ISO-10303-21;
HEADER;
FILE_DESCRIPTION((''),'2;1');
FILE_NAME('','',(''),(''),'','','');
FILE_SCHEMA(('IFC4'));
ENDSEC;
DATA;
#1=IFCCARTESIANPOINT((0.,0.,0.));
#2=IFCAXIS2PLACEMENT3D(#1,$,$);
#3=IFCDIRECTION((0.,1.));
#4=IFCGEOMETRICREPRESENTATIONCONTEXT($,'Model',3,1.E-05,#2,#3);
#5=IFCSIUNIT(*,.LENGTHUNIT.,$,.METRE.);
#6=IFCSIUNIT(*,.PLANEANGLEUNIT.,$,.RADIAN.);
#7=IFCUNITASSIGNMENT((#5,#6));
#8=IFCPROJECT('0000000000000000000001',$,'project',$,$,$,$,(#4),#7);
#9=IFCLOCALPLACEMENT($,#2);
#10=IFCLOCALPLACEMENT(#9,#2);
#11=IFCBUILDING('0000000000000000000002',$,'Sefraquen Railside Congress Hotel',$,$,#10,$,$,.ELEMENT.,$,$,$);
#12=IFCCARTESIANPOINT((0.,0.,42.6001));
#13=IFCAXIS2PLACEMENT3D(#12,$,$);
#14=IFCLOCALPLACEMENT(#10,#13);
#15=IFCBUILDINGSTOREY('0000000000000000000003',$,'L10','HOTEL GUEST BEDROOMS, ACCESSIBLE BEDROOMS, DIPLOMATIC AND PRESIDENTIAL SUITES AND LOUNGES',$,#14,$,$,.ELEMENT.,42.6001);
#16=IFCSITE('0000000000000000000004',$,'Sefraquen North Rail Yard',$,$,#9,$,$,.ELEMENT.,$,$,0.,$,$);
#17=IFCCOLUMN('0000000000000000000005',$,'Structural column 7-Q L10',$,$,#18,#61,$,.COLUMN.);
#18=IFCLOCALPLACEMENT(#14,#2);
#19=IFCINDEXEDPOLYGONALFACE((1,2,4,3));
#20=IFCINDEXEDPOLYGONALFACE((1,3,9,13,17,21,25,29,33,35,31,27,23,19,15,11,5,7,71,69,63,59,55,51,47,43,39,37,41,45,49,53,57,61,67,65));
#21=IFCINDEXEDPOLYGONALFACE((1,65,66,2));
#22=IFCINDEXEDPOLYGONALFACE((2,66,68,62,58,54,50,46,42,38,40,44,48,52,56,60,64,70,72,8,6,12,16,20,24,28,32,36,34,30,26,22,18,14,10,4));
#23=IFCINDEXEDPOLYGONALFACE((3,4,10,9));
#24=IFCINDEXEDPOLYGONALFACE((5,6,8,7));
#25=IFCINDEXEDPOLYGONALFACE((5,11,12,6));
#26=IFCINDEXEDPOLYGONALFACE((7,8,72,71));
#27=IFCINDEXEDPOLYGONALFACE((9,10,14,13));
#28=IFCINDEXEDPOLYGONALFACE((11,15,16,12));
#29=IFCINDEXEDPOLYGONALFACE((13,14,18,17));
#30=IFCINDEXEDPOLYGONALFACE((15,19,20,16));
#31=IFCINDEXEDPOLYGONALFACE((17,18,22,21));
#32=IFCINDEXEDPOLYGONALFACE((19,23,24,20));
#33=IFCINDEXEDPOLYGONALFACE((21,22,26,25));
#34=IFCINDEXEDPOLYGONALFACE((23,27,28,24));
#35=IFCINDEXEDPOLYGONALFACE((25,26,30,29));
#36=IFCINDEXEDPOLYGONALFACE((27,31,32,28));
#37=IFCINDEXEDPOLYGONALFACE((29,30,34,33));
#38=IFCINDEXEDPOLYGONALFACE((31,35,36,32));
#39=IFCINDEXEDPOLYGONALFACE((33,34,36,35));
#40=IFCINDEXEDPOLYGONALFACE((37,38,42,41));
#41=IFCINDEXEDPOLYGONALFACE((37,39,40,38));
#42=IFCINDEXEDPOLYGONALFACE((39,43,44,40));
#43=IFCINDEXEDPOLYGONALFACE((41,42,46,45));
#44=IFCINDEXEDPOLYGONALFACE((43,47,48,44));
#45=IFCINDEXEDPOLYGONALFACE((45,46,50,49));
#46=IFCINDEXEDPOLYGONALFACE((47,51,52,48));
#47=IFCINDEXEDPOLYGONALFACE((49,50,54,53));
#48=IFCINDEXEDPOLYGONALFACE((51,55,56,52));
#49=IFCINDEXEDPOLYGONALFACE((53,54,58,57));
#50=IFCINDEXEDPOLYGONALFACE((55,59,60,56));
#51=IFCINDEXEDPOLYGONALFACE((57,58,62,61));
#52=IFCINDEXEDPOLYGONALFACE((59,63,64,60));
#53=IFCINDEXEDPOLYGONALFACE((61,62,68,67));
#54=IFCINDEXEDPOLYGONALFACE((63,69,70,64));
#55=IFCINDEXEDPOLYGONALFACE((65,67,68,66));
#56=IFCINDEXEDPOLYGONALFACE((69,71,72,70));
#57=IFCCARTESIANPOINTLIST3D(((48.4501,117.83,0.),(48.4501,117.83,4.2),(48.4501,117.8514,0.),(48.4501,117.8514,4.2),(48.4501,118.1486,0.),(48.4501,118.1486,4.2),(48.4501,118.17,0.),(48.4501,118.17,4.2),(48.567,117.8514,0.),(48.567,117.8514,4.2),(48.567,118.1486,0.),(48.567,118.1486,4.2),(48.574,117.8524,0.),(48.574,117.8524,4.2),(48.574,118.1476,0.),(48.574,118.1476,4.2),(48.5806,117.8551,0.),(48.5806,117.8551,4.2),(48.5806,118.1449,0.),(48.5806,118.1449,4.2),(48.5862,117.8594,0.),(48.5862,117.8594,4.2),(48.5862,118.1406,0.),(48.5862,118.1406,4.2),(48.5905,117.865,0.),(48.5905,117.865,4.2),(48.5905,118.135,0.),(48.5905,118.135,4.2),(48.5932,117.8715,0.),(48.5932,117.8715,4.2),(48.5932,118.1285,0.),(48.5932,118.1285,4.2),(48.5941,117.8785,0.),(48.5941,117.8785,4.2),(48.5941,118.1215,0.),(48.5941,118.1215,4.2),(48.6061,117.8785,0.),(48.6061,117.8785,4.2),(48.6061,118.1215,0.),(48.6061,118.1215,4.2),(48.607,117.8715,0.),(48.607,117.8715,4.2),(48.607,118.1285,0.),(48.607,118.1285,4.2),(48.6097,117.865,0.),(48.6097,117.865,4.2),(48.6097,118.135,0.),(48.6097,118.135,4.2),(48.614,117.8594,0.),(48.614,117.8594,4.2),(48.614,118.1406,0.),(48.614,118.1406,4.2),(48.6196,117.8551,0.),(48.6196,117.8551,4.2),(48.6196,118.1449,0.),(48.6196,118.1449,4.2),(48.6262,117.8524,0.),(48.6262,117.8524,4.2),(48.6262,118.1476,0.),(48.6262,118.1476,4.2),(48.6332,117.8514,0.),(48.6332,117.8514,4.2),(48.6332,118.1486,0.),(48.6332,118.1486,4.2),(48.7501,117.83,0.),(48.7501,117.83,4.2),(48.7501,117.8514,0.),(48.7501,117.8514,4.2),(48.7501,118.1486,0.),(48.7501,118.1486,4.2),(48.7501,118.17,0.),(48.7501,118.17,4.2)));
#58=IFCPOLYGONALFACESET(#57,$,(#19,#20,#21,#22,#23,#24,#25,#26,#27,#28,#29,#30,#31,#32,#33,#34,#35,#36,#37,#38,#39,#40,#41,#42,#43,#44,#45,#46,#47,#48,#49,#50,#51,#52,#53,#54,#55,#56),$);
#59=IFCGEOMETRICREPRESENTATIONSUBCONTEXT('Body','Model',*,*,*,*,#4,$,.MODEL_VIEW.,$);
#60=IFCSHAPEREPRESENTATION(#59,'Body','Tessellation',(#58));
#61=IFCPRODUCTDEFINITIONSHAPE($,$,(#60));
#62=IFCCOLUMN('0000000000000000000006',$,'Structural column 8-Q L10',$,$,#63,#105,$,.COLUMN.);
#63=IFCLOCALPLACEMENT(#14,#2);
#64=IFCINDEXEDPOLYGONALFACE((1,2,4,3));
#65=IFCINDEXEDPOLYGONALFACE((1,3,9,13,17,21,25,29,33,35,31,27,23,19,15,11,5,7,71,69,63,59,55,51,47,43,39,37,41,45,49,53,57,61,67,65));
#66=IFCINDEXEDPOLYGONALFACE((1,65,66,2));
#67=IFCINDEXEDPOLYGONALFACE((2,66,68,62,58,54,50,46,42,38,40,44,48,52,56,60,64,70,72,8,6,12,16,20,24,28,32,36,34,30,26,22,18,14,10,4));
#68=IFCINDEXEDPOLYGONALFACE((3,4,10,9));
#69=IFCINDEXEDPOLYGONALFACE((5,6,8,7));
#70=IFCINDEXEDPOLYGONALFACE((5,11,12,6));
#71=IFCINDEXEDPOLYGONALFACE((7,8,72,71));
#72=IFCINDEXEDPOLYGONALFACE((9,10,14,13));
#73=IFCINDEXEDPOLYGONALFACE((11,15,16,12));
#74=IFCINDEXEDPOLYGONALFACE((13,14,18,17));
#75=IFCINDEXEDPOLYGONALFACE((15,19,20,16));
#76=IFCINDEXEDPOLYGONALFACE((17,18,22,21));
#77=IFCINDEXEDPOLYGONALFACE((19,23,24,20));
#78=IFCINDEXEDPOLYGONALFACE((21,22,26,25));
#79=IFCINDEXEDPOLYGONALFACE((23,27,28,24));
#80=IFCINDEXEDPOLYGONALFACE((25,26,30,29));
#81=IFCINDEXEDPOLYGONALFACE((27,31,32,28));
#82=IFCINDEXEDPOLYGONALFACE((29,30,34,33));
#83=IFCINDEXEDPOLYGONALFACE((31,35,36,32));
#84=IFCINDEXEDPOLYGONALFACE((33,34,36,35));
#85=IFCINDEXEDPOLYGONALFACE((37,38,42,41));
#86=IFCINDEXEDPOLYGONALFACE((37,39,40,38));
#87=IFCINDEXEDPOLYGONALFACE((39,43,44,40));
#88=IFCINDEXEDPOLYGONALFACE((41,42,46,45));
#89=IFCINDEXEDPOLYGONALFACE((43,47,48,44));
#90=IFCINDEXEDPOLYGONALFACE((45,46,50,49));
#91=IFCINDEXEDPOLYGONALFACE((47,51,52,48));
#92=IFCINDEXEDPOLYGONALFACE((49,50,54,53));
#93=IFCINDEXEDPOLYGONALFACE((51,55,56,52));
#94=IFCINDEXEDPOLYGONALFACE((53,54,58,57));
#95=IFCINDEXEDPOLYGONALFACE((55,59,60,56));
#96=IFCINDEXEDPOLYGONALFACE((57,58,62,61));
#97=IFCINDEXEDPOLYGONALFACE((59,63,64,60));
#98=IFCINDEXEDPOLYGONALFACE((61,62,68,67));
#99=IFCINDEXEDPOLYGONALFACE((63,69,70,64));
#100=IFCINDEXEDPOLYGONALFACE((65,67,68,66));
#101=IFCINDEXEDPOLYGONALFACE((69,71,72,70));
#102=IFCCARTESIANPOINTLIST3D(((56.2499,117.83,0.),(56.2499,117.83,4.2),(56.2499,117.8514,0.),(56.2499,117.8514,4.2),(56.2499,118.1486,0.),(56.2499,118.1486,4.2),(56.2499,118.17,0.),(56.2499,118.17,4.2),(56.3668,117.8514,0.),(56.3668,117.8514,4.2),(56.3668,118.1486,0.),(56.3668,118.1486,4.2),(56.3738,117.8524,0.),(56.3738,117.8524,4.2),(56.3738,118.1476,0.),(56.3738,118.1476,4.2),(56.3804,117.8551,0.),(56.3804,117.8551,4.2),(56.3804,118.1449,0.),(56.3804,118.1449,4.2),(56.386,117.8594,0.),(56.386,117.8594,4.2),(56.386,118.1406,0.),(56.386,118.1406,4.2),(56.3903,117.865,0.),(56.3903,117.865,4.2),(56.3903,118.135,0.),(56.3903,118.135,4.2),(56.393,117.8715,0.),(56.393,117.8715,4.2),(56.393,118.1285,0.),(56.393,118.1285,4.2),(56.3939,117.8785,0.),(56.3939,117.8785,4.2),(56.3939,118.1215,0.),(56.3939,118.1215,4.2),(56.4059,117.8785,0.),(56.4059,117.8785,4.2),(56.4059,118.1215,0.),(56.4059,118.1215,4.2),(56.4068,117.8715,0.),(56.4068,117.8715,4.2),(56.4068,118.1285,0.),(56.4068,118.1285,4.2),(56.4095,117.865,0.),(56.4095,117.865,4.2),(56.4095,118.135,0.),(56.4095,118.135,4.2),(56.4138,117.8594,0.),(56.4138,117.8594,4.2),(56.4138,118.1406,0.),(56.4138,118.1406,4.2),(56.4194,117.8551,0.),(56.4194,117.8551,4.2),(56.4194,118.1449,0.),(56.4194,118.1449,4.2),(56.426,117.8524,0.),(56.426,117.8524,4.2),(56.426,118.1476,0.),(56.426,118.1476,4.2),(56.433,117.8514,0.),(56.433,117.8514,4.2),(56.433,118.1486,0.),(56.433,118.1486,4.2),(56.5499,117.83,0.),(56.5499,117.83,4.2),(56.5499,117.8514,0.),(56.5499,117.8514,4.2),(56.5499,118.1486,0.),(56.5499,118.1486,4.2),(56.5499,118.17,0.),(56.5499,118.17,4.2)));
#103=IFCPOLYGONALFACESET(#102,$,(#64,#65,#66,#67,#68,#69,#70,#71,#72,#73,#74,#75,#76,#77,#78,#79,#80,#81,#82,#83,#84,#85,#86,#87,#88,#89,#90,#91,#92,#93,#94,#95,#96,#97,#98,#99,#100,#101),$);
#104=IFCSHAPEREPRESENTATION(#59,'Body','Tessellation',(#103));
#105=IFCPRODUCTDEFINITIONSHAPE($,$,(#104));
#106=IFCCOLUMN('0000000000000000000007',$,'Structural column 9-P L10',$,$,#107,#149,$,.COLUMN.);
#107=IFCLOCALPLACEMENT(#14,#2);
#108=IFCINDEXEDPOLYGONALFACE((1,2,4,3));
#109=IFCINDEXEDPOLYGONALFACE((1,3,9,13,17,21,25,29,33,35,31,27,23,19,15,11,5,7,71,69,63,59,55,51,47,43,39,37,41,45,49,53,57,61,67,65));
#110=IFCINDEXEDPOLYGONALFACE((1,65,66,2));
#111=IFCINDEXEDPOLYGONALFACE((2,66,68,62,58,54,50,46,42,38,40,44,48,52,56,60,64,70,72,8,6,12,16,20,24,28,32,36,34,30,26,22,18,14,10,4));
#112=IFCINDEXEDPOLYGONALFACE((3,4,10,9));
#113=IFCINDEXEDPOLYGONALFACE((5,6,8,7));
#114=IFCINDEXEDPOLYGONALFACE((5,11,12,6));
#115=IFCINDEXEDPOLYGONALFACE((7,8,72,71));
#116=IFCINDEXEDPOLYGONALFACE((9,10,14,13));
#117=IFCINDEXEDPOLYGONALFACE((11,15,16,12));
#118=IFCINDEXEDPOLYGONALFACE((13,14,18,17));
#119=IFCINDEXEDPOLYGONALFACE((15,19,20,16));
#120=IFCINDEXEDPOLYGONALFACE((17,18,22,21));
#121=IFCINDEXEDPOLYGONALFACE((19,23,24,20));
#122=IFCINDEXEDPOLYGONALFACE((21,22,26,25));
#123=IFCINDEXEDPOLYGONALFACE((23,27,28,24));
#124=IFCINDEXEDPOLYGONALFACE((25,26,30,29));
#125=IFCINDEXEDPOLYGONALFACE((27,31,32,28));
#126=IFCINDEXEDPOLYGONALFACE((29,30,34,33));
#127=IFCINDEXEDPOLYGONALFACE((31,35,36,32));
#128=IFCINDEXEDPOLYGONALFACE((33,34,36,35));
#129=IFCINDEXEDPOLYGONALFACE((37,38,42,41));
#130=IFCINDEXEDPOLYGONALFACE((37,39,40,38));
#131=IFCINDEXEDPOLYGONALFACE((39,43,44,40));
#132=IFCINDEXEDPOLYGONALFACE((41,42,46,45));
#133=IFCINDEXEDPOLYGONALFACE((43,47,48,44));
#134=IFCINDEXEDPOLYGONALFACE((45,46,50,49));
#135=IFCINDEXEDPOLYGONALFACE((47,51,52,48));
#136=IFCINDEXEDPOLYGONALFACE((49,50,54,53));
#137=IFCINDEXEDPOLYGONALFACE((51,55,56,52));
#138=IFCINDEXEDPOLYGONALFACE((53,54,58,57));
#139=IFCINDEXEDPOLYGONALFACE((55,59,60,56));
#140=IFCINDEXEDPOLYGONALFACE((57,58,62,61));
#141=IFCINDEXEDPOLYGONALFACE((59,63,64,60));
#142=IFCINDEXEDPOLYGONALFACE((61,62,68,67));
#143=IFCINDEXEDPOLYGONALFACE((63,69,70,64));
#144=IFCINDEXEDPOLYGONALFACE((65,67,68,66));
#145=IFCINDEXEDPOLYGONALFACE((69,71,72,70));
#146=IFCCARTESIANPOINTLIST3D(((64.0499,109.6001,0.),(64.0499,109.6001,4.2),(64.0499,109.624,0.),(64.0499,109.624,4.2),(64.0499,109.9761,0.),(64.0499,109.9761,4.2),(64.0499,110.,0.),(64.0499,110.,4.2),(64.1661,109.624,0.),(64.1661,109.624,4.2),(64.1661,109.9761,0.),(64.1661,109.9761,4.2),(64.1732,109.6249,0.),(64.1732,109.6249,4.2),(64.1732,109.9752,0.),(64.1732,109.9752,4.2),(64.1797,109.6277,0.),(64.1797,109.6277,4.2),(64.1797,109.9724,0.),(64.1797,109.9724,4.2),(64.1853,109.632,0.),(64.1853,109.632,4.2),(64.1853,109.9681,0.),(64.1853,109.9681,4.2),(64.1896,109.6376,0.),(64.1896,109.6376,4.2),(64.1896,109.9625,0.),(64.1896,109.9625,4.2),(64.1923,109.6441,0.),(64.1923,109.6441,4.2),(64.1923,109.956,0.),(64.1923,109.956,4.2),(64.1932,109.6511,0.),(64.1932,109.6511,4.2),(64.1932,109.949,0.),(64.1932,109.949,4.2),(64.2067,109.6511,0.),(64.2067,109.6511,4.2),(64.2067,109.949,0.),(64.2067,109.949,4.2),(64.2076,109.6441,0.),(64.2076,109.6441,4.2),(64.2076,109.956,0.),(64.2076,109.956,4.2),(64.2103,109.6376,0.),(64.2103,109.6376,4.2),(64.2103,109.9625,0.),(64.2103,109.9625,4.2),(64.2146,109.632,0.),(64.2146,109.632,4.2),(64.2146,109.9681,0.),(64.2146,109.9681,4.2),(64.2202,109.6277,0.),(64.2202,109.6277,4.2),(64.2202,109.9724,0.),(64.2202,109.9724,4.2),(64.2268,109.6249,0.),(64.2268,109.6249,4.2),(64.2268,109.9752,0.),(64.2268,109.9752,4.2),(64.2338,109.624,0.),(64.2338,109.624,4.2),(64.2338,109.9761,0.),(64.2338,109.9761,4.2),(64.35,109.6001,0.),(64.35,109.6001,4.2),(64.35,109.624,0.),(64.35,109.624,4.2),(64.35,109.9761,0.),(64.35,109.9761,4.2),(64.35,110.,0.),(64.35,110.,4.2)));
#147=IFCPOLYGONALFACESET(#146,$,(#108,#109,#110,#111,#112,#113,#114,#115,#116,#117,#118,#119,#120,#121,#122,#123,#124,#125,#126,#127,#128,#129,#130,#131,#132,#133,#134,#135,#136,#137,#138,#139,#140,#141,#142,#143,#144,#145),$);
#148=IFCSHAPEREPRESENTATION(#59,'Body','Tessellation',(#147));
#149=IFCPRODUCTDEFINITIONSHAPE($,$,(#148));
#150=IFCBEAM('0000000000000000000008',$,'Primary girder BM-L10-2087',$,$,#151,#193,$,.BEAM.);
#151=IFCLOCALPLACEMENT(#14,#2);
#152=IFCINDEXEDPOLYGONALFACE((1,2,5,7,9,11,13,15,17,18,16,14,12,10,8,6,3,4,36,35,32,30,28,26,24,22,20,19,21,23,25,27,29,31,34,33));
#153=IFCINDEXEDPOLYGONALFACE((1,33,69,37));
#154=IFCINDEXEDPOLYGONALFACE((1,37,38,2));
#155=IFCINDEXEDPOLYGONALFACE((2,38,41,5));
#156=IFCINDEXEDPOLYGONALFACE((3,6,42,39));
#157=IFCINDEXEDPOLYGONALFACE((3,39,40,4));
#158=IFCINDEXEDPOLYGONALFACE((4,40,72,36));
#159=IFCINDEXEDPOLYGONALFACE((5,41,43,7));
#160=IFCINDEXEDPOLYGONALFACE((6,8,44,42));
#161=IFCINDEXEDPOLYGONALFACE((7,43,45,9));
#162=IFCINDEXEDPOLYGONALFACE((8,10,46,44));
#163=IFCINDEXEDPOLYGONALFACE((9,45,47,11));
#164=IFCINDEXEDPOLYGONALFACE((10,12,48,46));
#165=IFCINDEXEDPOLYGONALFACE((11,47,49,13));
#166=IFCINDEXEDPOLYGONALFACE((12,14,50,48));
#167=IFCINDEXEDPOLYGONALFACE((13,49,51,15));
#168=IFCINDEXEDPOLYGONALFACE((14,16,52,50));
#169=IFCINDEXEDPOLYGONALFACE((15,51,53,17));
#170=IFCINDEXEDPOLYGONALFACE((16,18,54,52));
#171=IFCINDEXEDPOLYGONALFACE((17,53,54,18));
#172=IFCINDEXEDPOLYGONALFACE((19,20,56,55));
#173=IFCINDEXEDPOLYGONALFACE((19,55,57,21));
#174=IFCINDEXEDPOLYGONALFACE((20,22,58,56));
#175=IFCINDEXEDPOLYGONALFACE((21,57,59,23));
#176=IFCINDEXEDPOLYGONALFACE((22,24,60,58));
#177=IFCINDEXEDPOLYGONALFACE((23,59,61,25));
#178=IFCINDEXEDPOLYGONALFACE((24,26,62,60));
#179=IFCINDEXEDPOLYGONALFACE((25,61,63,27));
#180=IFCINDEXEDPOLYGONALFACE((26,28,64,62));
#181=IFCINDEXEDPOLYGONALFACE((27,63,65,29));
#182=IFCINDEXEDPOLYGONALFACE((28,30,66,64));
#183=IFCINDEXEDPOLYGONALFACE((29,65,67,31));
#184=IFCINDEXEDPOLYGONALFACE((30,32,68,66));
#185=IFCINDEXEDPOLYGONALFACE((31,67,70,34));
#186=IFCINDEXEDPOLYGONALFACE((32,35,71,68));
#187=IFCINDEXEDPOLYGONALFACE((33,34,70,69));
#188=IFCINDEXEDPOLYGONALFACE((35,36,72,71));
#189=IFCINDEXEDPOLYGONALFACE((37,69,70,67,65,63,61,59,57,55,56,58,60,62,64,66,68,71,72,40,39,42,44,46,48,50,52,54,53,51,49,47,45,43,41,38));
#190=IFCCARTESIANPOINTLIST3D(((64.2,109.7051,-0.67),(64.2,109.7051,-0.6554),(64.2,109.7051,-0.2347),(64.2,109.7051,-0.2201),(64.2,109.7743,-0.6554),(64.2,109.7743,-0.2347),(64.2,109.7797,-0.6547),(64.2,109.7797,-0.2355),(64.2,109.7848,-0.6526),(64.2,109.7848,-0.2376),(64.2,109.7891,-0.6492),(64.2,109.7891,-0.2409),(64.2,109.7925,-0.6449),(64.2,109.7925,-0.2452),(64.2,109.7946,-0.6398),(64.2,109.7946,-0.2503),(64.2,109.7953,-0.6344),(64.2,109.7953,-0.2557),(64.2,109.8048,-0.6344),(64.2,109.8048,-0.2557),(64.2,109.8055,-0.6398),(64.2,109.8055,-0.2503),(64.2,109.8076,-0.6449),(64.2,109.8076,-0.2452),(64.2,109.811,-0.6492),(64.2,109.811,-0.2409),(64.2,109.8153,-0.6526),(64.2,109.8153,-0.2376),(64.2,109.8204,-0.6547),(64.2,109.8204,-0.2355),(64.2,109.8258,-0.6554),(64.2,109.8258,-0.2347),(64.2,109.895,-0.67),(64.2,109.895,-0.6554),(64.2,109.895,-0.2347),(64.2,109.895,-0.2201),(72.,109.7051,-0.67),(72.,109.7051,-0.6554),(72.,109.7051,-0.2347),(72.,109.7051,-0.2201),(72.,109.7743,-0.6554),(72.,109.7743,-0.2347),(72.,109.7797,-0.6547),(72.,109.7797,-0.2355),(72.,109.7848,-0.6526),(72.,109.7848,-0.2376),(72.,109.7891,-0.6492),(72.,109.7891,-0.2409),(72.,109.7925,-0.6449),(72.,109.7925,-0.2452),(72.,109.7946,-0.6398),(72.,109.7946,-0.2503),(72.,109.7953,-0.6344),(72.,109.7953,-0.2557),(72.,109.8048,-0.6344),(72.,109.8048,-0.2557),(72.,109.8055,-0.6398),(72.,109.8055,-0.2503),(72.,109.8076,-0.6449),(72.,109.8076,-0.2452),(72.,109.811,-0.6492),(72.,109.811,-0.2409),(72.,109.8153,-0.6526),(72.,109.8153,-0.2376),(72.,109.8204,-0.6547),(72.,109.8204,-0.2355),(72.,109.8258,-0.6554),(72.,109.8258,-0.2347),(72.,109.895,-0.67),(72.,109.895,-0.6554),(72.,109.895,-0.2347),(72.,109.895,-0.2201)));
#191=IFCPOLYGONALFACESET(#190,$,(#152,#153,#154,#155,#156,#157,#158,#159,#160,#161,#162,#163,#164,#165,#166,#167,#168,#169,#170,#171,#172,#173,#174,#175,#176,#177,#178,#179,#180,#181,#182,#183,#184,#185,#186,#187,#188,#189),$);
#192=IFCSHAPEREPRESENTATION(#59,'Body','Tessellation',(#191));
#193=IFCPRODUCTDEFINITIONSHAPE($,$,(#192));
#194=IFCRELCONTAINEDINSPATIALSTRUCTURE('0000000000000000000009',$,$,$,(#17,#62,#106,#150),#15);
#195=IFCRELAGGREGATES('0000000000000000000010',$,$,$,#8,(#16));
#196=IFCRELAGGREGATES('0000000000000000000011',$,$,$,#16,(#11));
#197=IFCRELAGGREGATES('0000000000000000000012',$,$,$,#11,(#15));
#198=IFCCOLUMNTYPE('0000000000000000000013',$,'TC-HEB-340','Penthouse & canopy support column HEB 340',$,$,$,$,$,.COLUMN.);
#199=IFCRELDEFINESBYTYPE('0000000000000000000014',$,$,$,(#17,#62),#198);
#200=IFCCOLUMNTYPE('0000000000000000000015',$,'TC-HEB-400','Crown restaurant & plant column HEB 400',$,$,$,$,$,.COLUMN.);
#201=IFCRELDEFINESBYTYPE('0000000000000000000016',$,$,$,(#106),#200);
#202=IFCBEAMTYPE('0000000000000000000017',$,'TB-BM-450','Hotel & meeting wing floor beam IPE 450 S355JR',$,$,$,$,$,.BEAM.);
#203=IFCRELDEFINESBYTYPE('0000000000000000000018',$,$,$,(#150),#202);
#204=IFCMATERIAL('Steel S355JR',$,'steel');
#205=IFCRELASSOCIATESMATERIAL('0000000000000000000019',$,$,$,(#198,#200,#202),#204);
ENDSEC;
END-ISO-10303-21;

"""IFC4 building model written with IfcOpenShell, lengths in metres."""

from ifc_helpers import new_model, si_unit, direction, frame, origin, origin_2d, place, context, subcontext, project, spatial, i_section, extrude, material, material_profile, profile_set, type_object, element, save


model = new_model("IFC4")

# Units and contexts
model_context = context("Model", 3, precision=1e-05, world=origin(), true_north=direction((0.0, 1.0)))
body_context = subcontext(model_context, "Body", "Model", "MODEL_VIEW")
ifc_project = project(units=[si_unit("LENGTHUNIT", "METRE"), si_unit("PLANEANGLEUNIT", "RADIAN")], contexts=[model_context])

# Site, building, storey
site_placement = place(None, origin())
site = spatial("IfcSite", under=ifc_project, at=site_placement, Name="Sefraquen North Rail Yard", CompositionType="ELEMENT", RefElevation=0.0)
building_placement = place(site_placement, origin())
building = spatial("IfcBuilding", under=site, at=building_placement, Name="Sefraquen Railside Congress Hotel", CompositionType="ELEMENT")
storey_placement = place(building_placement, frame((0.0, 0.0, 42.6001)))
storey = spatial("IfcBuildingStorey", under=building, at=storey_placement, Name="L10", Description="HOTEL GUEST BEDROOMS, ACCESSIBLE BEDROOMS, DIPLOMATIC AND PRESIDENTIAL SUITES AND LOUNGES", CompositionType="ELEMENT", Elevation=42.6001)

# Columns
ifc_material_1 = material(Name="Steel S355JR", Category="steel")
ifc_material_profile_1 = material_profile(ifc_material_1, i_section(OverallWidth=0.3, OverallDepth=0.3401, WebThickness=0.012, FlangeThickness=0.0215, FilletRadius=0.0271, at=origin_2d()), Name="HEB 340")
ifc_profile_set_1 = profile_set([ifc_material_profile_1], Name="Steel S355JR")
column_type_1 = type_object("IfcColumnType", Name="TC-HEB-340", Description="Penthouse & canopy support column HEB 340", PredefinedType="COLUMN", material=ifc_profile_set_1)
for number, where, z_axis, x_axis, name in (
    (1, (48.6001, 118.0, 0.0), (0.0, 0.0, 1.0), (1.0, 0.0, 0.0), "Structural column 7-Q L10"),
    (2, (56.3999, 118.0, 0.0), (0.0, 0.0, 1.0), (1.0, 0.0, 0.0), "Structural column 8-Q L10"),
):
    element("IfcColumn", number, at=place(storey_placement, frame(where, z_axis=z_axis, x_axis=x_axis)), inside=storey, type_object=column_type_1, Name=name, PredefinedType="COLUMN", context=body_context, shape_type="SweptSolid", body=[
        extrude(i_section(OverallWidth=0.3, OverallDepth=0.3401, WebThickness=0.012, FlangeThickness=0.0215, FilletRadius=0.0271, at=origin_2d()), origin(), (0.0, 0.0, 1.0), 4.2),
    ])
ifc_material_profile_2 = material_profile(ifc_material_1, i_section(OverallWidth=0.3, OverallDepth=0.3999, WebThickness=0.0134, FlangeThickness=0.0239, FilletRadius=0.0271, at=origin_2d()), Name="HEB 400")
ifc_profile_set_2 = profile_set([ifc_material_profile_2], Name="Steel S355JR")
column_type_2 = type_object("IfcColumnType", Name="TC-HEB-400", Description="Crown restaurant & plant column HEB 400", PredefinedType="COLUMN", material=ifc_profile_set_2)
column_placement = place(storey_placement, frame((64.2, 109.8, 0.0), z_axis=(0.0, 0.0, 1.0), x_axis=(1.0, 0.0, 0.0)))
element("IfcColumn", 3, at=column_placement, inside=storey, type_object=column_type_2, Name="Structural column 9-P L10", PredefinedType="COLUMN", context=body_context, shape_type="SweptSolid", body=[
    extrude(i_section(OverallWidth=0.3, OverallDepth=0.3999, WebThickness=0.0134, FlangeThickness=0.0239, FilletRadius=0.0271, at=origin_2d()), origin(), (0.0, 0.0, 1.0), 4.2),
])

# Beam
ifc_material_profile_3 = material_profile(ifc_material_1, i_section(OverallWidth=0.1899, OverallDepth=0.45, WebThickness=0.0095, FlangeThickness=0.0146, FilletRadius=0.021, at=origin_2d()), Name="IPE 450")
ifc_profile_set_3 = profile_set([ifc_material_profile_3], Name="Steel S355JR")
beam_type_1 = type_object("IfcBeamType", Name="TB-BM-450", Description="Hotel & meeting wing floor beam IPE 450 S355JR", PredefinedType="BEAM", material=ifc_profile_set_3)
beam_1_placement = place(storey_placement, frame((64.2, 109.8, -0.4451), z_axis=(1.0, 0.0, 0.0), x_axis=(0.0, 1.0, 0.0)))
element("IfcBeam", 4, at=beam_1_placement, inside=storey, type_object=beam_type_1, Name="Primary girder BM-L10-2087", PredefinedType="BEAM", context=body_context, shape_type="SweptSolid", body=[
    extrude(i_section(OverallWidth=0.1899, OverallDepth=0.45, WebThickness=0.0095, FlangeThickness=0.0146, FilletRadius=0.021, at=origin_2d()), origin(), (0.0, 0.0, 1.0), 7.8),
])

save(model, "model.ifc")
